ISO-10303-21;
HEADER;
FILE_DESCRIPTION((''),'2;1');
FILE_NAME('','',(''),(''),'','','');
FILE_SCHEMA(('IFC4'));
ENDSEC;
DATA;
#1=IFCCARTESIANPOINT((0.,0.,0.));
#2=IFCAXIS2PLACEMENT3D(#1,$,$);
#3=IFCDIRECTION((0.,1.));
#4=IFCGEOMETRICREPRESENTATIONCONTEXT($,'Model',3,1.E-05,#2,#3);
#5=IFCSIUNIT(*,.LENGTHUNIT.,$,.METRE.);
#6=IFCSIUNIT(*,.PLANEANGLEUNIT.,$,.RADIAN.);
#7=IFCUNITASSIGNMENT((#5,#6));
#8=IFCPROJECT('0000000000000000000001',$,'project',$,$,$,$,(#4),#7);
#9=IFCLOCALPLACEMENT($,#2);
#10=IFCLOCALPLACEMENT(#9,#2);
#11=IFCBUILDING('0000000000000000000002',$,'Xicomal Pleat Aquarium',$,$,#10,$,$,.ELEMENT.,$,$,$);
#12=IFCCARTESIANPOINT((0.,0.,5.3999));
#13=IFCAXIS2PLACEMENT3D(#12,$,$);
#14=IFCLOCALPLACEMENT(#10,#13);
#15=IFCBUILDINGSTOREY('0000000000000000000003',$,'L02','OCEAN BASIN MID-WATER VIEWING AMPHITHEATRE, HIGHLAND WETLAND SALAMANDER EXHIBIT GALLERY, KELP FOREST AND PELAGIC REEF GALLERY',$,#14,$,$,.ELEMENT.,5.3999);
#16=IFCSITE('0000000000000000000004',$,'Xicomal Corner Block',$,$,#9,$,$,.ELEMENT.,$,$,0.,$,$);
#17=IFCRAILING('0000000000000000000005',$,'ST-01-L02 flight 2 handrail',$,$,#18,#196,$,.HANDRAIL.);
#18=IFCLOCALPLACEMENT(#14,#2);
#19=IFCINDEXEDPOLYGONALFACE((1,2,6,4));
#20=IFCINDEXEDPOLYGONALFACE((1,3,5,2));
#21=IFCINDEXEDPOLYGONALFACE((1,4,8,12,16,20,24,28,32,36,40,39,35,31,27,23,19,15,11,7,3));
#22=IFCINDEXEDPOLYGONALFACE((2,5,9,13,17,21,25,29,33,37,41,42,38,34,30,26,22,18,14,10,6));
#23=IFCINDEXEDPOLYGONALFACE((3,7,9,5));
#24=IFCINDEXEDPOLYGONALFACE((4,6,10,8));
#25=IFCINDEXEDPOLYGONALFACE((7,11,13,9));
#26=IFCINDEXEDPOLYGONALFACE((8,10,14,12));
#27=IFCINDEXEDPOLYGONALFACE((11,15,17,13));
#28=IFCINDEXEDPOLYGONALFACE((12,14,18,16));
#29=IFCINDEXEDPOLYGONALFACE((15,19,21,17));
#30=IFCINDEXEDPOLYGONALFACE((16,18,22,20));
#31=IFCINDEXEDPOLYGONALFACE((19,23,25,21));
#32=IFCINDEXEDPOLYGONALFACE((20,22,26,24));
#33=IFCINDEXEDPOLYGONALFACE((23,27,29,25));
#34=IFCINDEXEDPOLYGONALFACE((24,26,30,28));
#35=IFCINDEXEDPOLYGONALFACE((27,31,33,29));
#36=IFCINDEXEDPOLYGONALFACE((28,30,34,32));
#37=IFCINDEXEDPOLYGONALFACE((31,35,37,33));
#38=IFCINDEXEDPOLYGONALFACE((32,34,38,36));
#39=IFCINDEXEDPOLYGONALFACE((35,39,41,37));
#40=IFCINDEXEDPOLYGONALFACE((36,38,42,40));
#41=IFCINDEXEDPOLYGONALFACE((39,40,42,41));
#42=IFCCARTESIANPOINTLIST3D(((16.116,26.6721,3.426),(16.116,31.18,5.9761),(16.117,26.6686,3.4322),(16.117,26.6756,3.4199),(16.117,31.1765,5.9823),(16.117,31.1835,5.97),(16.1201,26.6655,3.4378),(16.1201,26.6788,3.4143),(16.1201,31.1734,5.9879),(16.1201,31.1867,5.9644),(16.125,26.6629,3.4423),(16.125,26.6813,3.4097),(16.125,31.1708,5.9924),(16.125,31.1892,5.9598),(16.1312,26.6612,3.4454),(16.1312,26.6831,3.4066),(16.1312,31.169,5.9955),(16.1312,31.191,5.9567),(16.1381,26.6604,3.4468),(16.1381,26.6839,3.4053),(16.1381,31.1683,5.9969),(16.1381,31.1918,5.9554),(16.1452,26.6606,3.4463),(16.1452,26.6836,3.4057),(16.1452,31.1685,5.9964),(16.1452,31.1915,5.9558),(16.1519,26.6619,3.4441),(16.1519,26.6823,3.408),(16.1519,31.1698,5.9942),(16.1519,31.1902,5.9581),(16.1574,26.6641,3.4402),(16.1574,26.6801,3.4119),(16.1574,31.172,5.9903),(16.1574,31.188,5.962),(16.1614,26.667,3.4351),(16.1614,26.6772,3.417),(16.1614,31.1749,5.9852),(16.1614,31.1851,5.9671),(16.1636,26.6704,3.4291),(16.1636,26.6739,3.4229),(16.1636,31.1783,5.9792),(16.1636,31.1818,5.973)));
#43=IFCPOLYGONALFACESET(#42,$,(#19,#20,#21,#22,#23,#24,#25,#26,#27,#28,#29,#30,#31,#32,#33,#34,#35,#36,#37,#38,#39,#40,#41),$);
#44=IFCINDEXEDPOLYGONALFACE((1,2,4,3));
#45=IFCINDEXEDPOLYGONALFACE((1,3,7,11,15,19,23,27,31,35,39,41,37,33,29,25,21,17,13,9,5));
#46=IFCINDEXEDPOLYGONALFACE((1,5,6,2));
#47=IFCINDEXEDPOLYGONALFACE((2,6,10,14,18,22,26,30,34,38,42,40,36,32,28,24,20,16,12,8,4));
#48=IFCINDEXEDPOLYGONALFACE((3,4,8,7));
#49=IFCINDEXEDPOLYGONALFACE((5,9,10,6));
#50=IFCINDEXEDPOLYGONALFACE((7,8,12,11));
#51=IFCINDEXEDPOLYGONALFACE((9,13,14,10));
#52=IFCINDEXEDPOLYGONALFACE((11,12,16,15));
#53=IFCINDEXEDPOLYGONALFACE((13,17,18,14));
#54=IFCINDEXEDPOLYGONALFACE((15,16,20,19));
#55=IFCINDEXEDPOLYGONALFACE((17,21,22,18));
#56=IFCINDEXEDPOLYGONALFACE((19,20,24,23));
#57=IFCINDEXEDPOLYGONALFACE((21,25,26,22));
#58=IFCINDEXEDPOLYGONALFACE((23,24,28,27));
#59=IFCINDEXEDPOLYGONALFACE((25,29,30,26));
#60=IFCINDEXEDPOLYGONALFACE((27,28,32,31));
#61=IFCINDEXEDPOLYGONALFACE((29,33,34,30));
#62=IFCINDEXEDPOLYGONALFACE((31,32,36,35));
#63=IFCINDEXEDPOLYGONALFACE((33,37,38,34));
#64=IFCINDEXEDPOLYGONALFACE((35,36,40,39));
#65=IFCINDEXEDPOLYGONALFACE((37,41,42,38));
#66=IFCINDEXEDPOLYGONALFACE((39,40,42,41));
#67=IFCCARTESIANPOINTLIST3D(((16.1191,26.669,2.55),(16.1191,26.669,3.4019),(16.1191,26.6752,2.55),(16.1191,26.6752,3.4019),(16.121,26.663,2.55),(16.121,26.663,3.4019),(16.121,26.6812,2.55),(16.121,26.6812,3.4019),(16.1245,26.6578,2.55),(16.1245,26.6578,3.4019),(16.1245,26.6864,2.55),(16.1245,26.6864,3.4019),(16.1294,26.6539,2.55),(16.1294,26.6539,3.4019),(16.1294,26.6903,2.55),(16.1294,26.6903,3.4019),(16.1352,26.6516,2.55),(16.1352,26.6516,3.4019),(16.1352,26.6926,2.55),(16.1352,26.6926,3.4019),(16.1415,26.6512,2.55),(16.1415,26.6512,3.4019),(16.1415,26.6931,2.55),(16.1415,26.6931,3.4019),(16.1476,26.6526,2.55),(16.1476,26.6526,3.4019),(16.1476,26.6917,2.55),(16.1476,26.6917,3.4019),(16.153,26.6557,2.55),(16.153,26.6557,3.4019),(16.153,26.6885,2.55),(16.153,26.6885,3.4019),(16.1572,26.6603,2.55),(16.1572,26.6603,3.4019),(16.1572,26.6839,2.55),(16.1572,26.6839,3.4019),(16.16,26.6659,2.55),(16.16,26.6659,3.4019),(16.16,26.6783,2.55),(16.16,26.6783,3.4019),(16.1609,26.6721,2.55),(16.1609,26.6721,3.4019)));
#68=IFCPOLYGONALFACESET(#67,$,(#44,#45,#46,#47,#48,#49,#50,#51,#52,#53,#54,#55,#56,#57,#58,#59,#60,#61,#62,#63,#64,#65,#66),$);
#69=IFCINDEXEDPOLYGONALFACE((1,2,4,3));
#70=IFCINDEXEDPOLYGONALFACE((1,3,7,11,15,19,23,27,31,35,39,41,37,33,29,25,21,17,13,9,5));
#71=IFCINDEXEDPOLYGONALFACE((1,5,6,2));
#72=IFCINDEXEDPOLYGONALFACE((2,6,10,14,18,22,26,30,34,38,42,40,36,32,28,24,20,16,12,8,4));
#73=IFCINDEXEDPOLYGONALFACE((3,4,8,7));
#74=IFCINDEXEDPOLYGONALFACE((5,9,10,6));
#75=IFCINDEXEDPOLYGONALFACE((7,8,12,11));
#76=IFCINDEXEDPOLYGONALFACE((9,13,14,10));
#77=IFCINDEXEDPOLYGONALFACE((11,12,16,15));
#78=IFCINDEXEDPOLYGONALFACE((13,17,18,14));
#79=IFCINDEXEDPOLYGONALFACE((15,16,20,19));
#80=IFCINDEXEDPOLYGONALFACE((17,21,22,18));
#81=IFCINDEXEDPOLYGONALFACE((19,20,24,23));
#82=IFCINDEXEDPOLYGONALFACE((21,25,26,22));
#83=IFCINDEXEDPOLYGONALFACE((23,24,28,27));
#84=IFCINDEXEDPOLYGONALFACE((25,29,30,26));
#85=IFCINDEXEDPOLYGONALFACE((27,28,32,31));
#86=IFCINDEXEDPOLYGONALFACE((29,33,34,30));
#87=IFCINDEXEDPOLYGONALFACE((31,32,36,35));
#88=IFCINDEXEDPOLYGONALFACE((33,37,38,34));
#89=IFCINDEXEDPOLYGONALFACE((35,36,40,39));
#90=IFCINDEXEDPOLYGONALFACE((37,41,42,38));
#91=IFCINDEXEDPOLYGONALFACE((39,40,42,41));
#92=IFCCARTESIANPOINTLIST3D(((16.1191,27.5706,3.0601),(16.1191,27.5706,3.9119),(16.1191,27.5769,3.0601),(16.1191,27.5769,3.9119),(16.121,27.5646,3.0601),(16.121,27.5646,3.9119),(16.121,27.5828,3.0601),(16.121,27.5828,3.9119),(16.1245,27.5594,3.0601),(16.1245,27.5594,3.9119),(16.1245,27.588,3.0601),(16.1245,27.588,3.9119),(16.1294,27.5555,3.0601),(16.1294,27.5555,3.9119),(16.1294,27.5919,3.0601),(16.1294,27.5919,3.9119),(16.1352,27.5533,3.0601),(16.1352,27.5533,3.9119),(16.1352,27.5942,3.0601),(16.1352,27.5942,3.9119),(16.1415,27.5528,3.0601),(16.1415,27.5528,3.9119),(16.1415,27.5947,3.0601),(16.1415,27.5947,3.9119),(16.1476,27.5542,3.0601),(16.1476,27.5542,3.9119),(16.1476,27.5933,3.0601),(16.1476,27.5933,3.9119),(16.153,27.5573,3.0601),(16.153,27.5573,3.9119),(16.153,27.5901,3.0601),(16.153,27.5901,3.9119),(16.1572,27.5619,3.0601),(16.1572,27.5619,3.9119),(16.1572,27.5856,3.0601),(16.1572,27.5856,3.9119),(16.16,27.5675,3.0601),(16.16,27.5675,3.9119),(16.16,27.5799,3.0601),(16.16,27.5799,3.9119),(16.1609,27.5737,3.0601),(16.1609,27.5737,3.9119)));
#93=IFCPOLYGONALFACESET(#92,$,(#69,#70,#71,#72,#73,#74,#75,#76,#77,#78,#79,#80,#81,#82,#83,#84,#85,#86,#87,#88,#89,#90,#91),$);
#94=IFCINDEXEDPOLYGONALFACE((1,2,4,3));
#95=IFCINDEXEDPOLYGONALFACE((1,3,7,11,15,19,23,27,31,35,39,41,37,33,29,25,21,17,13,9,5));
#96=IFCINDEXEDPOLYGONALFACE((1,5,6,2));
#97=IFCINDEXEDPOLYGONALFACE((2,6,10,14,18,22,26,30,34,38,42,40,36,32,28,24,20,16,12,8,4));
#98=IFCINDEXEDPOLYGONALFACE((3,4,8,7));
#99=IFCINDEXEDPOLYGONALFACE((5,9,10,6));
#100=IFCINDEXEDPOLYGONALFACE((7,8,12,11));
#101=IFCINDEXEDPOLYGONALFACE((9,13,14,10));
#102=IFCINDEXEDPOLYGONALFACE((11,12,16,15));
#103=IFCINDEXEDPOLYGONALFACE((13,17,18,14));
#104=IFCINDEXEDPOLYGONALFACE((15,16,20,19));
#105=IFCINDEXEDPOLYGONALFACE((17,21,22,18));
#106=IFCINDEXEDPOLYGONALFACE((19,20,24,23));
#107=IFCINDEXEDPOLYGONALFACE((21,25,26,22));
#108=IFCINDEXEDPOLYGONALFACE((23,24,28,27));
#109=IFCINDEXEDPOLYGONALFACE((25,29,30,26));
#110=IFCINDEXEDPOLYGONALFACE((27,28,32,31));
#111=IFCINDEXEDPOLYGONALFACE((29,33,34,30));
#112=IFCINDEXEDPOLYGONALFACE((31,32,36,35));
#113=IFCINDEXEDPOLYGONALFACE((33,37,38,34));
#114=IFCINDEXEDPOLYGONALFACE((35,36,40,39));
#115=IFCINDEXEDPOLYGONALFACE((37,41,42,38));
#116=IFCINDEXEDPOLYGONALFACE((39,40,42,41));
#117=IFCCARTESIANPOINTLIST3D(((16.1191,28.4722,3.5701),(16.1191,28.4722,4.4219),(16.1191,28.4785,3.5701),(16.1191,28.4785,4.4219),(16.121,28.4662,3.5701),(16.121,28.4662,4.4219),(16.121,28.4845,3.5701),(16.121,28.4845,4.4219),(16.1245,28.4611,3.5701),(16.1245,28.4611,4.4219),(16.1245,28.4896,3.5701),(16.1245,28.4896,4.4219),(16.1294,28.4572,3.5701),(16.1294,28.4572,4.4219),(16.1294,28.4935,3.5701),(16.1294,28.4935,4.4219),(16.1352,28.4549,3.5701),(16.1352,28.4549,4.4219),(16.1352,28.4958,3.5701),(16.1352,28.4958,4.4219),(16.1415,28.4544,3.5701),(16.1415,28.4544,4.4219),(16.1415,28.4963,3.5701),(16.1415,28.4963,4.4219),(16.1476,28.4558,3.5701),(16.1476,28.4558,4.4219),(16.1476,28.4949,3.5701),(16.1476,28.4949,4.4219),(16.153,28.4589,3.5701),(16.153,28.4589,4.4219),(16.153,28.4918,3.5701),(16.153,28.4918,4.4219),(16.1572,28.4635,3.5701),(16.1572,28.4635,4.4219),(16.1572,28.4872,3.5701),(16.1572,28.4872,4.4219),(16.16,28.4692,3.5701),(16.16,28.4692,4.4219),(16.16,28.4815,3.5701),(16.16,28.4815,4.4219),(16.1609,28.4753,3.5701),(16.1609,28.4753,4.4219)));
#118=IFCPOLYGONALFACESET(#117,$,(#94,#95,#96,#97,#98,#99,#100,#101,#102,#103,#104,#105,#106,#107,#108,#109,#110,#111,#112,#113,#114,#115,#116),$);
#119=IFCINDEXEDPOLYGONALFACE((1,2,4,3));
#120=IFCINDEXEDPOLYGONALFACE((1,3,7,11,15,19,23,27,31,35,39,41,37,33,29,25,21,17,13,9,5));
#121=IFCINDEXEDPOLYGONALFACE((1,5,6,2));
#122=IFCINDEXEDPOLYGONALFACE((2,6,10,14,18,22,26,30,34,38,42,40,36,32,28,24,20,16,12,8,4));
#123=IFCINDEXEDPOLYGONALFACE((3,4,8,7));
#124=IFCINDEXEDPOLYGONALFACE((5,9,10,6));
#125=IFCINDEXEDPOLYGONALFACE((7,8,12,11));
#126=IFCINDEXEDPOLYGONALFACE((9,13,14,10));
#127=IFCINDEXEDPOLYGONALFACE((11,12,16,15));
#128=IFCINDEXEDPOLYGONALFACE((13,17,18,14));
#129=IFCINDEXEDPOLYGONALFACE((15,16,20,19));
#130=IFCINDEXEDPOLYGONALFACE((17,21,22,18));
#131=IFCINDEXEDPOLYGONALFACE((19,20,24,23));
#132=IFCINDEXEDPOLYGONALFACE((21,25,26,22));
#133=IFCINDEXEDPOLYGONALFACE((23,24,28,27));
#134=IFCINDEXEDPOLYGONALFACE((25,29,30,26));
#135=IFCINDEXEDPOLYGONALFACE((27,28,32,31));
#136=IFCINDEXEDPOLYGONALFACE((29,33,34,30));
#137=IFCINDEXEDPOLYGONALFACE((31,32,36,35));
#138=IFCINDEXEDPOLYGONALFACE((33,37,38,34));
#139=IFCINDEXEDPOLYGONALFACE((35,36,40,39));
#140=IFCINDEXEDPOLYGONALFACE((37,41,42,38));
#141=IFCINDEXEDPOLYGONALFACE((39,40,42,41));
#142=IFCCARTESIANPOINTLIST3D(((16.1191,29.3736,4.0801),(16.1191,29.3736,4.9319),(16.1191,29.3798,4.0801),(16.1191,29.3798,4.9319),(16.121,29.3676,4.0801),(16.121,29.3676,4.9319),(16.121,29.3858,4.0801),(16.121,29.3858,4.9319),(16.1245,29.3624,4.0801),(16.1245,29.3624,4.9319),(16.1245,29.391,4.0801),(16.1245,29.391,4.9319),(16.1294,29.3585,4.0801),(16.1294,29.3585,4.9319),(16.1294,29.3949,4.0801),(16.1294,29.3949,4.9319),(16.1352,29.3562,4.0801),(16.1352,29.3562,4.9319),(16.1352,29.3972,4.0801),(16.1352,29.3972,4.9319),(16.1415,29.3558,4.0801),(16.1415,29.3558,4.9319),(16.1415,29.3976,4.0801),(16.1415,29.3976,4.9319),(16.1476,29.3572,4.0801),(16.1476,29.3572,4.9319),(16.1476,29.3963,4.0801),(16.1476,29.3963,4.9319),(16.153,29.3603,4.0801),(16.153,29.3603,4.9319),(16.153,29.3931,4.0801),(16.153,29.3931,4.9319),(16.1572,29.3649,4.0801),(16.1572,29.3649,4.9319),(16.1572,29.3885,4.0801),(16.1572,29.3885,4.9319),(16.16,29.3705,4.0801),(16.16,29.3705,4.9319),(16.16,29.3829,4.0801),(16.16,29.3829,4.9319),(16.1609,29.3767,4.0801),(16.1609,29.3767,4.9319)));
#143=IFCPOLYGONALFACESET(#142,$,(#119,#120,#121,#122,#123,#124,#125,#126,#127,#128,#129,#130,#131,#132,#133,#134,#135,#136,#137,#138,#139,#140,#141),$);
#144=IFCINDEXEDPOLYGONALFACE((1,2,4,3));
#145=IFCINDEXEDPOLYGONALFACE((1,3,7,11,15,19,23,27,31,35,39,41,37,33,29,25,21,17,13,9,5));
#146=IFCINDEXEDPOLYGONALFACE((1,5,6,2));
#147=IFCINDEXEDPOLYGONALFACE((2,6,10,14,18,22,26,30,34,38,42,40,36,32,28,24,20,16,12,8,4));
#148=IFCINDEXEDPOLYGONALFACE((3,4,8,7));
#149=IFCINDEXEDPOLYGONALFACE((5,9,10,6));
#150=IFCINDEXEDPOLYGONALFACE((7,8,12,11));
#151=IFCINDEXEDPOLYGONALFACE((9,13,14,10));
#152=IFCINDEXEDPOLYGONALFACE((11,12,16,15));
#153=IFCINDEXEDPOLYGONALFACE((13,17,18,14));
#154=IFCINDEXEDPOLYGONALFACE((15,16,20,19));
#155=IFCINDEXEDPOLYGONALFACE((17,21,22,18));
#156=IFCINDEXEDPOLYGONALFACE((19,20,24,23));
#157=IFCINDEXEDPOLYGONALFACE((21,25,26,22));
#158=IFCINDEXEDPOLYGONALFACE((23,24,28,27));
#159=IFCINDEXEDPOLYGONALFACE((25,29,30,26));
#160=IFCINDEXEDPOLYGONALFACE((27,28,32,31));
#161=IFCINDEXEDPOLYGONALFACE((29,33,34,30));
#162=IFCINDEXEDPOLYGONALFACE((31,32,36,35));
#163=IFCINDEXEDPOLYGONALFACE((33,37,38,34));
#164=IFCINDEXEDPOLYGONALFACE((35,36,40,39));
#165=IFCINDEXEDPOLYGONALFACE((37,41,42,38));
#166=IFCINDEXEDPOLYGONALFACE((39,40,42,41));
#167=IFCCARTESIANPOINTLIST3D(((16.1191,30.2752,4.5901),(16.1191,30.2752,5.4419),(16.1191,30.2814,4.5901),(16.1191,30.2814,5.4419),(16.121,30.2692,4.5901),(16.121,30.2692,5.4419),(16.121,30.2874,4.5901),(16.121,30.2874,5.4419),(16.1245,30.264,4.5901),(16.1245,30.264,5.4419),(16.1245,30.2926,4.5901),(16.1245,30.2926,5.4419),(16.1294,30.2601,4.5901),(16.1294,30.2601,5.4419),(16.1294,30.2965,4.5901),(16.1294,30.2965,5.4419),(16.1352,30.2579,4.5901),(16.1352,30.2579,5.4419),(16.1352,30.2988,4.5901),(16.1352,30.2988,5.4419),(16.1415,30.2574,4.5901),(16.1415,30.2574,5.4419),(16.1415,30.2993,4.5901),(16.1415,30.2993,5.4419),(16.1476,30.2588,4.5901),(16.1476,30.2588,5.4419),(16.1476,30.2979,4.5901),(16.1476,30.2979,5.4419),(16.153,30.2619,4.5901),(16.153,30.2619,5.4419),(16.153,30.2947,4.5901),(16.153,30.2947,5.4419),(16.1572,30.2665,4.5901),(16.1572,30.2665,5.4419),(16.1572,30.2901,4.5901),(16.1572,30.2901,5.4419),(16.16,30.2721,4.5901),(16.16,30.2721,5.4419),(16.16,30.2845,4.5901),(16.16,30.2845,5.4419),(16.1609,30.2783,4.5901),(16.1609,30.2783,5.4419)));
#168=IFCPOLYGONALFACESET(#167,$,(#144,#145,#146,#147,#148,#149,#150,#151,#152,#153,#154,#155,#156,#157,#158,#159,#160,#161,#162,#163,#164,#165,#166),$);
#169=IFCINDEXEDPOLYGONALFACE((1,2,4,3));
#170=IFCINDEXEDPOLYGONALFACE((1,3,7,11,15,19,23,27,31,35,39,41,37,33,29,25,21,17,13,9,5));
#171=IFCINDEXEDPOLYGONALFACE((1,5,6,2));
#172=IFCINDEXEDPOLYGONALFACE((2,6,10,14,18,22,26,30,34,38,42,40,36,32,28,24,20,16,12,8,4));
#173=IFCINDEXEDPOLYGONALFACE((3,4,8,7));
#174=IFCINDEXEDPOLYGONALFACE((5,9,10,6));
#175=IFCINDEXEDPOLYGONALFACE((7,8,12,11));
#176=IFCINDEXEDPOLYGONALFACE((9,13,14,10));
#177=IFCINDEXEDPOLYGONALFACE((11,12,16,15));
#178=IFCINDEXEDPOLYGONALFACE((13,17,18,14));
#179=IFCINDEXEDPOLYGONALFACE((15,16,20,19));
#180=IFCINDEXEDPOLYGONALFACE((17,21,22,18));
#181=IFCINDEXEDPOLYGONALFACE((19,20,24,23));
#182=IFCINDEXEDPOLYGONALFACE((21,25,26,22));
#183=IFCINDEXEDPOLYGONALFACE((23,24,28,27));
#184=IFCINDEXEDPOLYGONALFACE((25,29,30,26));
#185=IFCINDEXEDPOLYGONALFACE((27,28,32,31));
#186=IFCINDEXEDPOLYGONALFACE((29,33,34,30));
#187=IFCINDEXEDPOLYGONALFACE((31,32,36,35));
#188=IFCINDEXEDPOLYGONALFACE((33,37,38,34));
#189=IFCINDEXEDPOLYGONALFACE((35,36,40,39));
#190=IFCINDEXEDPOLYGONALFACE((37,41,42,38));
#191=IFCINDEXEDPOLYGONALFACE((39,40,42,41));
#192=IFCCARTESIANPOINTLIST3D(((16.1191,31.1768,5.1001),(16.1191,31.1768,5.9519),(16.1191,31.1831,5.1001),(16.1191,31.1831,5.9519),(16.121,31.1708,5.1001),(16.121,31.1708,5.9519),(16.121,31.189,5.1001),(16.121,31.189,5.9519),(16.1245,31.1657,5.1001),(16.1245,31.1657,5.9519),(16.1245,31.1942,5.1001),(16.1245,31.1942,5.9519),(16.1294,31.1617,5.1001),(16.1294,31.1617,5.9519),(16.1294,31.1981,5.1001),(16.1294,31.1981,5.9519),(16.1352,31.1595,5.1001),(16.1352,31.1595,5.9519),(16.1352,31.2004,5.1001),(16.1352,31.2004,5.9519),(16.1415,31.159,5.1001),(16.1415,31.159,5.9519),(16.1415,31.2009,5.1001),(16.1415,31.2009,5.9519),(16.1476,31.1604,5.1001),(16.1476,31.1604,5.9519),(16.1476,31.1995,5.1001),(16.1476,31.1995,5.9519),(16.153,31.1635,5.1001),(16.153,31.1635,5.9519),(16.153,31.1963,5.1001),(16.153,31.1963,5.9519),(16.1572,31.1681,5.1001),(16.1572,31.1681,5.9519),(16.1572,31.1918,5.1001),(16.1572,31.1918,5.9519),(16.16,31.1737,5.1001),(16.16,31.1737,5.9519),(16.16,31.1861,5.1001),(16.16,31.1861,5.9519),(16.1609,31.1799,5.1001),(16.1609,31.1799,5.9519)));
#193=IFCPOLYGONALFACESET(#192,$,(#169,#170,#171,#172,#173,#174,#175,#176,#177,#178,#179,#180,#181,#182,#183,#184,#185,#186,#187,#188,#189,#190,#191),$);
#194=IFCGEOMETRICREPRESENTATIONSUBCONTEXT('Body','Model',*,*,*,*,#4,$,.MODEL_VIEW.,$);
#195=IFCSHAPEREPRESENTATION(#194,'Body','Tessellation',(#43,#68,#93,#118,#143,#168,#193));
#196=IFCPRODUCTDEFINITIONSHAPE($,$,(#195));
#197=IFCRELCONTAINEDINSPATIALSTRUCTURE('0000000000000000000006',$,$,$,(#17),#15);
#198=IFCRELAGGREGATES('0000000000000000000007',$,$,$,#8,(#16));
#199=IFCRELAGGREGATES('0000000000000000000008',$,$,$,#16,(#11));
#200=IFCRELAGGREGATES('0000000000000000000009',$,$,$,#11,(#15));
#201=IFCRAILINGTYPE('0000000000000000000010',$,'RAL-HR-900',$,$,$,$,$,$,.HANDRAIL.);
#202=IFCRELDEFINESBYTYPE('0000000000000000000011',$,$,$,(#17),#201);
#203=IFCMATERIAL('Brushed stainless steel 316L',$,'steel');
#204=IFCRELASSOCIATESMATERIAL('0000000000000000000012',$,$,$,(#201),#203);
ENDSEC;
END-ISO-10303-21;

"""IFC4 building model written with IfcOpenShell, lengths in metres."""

from ifc_helpers import new_model, si_unit, direction, frame, origin, origin_2d, place, context, subcontext, project, spatial, circle, extrude, material, type_object, element, save


model = new_model("IFC4")

# Units and contexts
model_context = context("Model", 3, precision=1e-05, world=origin(), true_north=direction((0.0, 1.0)))
body_context = subcontext(model_context, "Body", "Model", "MODEL_VIEW")
ifc_project = project(units=[si_unit("LENGTHUNIT", "METRE"), si_unit("PLANEANGLEUNIT", "RADIAN")], contexts=[model_context])

# Site, building, storey
site_placement = place(None, origin())
site = spatial("IfcSite", under=ifc_project, at=site_placement, Name="Xicomal Corner Block", CompositionType="ELEMENT", RefElevation=0.0)
building_placement = place(site_placement, origin())
building = spatial("IfcBuilding", under=site, at=building_placement, Name="Xicomal Pleat Aquarium", CompositionType="ELEMENT")
storey_placement = place(building_placement, frame((0.0, 0.0, 5.3999)))
storey = spatial("IfcBuildingStorey", under=building, at=storey_placement, Name="L02", Description="OCEAN BASIN MID-WATER VIEWING AMPHITHEATRE, HIGHLAND WETLAND SALAMANDER EXHIBIT GALLERY, KELP FOREST AND PELAGIC REEF GALLERY", CompositionType="ELEMENT", Elevation=5.3999)

# Railing
ifc_material_1 = material(Name="Brushed stainless steel 316L", Category="steel")
railing_type = type_object("IfcRailingType", Name="RAL-HR-900", PredefinedType="HANDRAIL", material=ifc_material_1)
railing_placement = place(storey_placement, frame((16.1399, 26.6721, 2.55)))
element("IfcRailing", 1, at=railing_placement, inside=storey, type_object=railing_type, Name="ST-01-L02 flight 2 handrail", PredefinedType="HANDRAIL", context=body_context, shape_type="SweptSolid", body=[
    extrude(circle(Radius=0.0239, at=origin_2d()), frame((0.0, 0.0, 0.876), z_axis=(0.0, 0.870385, 0.492373), x_axis=(-1.0, 0.0, 0.0)), (0.0, 0.0, 1.0), 5.1792),
    extrude(circle(Radius=0.021, at=origin_2d()), origin(), (0.0, 0.0, 1.0), 0.8518),
    extrude(circle(Radius=0.021, at=origin_2d()), frame((0.0, 0.9016, 0.51)), (0.0, 0.0, 1.0), 0.8518),
    extrude(circle(Radius=0.021, at=origin_2d()), frame((0.0, 1.8032, 1.02)), (0.0, 0.0, 1.0), 0.8518),
    extrude(circle(Radius=0.021, at=origin_2d()), frame((0.0, 2.7046, 1.53)), (0.0, 0.0, 1.0), 0.8518),
    extrude(circle(Radius=0.021, at=origin_2d()), frame((0.0, 3.6062, 2.04)), (0.0, 0.0, 1.0), 0.8518),
    extrude(circle(Radius=0.021, at=origin_2d()), frame((0.0, 4.5078, 2.55)), (0.0, 0.0, 1.0), 0.8518),
])

save(model, "model.ifc")
